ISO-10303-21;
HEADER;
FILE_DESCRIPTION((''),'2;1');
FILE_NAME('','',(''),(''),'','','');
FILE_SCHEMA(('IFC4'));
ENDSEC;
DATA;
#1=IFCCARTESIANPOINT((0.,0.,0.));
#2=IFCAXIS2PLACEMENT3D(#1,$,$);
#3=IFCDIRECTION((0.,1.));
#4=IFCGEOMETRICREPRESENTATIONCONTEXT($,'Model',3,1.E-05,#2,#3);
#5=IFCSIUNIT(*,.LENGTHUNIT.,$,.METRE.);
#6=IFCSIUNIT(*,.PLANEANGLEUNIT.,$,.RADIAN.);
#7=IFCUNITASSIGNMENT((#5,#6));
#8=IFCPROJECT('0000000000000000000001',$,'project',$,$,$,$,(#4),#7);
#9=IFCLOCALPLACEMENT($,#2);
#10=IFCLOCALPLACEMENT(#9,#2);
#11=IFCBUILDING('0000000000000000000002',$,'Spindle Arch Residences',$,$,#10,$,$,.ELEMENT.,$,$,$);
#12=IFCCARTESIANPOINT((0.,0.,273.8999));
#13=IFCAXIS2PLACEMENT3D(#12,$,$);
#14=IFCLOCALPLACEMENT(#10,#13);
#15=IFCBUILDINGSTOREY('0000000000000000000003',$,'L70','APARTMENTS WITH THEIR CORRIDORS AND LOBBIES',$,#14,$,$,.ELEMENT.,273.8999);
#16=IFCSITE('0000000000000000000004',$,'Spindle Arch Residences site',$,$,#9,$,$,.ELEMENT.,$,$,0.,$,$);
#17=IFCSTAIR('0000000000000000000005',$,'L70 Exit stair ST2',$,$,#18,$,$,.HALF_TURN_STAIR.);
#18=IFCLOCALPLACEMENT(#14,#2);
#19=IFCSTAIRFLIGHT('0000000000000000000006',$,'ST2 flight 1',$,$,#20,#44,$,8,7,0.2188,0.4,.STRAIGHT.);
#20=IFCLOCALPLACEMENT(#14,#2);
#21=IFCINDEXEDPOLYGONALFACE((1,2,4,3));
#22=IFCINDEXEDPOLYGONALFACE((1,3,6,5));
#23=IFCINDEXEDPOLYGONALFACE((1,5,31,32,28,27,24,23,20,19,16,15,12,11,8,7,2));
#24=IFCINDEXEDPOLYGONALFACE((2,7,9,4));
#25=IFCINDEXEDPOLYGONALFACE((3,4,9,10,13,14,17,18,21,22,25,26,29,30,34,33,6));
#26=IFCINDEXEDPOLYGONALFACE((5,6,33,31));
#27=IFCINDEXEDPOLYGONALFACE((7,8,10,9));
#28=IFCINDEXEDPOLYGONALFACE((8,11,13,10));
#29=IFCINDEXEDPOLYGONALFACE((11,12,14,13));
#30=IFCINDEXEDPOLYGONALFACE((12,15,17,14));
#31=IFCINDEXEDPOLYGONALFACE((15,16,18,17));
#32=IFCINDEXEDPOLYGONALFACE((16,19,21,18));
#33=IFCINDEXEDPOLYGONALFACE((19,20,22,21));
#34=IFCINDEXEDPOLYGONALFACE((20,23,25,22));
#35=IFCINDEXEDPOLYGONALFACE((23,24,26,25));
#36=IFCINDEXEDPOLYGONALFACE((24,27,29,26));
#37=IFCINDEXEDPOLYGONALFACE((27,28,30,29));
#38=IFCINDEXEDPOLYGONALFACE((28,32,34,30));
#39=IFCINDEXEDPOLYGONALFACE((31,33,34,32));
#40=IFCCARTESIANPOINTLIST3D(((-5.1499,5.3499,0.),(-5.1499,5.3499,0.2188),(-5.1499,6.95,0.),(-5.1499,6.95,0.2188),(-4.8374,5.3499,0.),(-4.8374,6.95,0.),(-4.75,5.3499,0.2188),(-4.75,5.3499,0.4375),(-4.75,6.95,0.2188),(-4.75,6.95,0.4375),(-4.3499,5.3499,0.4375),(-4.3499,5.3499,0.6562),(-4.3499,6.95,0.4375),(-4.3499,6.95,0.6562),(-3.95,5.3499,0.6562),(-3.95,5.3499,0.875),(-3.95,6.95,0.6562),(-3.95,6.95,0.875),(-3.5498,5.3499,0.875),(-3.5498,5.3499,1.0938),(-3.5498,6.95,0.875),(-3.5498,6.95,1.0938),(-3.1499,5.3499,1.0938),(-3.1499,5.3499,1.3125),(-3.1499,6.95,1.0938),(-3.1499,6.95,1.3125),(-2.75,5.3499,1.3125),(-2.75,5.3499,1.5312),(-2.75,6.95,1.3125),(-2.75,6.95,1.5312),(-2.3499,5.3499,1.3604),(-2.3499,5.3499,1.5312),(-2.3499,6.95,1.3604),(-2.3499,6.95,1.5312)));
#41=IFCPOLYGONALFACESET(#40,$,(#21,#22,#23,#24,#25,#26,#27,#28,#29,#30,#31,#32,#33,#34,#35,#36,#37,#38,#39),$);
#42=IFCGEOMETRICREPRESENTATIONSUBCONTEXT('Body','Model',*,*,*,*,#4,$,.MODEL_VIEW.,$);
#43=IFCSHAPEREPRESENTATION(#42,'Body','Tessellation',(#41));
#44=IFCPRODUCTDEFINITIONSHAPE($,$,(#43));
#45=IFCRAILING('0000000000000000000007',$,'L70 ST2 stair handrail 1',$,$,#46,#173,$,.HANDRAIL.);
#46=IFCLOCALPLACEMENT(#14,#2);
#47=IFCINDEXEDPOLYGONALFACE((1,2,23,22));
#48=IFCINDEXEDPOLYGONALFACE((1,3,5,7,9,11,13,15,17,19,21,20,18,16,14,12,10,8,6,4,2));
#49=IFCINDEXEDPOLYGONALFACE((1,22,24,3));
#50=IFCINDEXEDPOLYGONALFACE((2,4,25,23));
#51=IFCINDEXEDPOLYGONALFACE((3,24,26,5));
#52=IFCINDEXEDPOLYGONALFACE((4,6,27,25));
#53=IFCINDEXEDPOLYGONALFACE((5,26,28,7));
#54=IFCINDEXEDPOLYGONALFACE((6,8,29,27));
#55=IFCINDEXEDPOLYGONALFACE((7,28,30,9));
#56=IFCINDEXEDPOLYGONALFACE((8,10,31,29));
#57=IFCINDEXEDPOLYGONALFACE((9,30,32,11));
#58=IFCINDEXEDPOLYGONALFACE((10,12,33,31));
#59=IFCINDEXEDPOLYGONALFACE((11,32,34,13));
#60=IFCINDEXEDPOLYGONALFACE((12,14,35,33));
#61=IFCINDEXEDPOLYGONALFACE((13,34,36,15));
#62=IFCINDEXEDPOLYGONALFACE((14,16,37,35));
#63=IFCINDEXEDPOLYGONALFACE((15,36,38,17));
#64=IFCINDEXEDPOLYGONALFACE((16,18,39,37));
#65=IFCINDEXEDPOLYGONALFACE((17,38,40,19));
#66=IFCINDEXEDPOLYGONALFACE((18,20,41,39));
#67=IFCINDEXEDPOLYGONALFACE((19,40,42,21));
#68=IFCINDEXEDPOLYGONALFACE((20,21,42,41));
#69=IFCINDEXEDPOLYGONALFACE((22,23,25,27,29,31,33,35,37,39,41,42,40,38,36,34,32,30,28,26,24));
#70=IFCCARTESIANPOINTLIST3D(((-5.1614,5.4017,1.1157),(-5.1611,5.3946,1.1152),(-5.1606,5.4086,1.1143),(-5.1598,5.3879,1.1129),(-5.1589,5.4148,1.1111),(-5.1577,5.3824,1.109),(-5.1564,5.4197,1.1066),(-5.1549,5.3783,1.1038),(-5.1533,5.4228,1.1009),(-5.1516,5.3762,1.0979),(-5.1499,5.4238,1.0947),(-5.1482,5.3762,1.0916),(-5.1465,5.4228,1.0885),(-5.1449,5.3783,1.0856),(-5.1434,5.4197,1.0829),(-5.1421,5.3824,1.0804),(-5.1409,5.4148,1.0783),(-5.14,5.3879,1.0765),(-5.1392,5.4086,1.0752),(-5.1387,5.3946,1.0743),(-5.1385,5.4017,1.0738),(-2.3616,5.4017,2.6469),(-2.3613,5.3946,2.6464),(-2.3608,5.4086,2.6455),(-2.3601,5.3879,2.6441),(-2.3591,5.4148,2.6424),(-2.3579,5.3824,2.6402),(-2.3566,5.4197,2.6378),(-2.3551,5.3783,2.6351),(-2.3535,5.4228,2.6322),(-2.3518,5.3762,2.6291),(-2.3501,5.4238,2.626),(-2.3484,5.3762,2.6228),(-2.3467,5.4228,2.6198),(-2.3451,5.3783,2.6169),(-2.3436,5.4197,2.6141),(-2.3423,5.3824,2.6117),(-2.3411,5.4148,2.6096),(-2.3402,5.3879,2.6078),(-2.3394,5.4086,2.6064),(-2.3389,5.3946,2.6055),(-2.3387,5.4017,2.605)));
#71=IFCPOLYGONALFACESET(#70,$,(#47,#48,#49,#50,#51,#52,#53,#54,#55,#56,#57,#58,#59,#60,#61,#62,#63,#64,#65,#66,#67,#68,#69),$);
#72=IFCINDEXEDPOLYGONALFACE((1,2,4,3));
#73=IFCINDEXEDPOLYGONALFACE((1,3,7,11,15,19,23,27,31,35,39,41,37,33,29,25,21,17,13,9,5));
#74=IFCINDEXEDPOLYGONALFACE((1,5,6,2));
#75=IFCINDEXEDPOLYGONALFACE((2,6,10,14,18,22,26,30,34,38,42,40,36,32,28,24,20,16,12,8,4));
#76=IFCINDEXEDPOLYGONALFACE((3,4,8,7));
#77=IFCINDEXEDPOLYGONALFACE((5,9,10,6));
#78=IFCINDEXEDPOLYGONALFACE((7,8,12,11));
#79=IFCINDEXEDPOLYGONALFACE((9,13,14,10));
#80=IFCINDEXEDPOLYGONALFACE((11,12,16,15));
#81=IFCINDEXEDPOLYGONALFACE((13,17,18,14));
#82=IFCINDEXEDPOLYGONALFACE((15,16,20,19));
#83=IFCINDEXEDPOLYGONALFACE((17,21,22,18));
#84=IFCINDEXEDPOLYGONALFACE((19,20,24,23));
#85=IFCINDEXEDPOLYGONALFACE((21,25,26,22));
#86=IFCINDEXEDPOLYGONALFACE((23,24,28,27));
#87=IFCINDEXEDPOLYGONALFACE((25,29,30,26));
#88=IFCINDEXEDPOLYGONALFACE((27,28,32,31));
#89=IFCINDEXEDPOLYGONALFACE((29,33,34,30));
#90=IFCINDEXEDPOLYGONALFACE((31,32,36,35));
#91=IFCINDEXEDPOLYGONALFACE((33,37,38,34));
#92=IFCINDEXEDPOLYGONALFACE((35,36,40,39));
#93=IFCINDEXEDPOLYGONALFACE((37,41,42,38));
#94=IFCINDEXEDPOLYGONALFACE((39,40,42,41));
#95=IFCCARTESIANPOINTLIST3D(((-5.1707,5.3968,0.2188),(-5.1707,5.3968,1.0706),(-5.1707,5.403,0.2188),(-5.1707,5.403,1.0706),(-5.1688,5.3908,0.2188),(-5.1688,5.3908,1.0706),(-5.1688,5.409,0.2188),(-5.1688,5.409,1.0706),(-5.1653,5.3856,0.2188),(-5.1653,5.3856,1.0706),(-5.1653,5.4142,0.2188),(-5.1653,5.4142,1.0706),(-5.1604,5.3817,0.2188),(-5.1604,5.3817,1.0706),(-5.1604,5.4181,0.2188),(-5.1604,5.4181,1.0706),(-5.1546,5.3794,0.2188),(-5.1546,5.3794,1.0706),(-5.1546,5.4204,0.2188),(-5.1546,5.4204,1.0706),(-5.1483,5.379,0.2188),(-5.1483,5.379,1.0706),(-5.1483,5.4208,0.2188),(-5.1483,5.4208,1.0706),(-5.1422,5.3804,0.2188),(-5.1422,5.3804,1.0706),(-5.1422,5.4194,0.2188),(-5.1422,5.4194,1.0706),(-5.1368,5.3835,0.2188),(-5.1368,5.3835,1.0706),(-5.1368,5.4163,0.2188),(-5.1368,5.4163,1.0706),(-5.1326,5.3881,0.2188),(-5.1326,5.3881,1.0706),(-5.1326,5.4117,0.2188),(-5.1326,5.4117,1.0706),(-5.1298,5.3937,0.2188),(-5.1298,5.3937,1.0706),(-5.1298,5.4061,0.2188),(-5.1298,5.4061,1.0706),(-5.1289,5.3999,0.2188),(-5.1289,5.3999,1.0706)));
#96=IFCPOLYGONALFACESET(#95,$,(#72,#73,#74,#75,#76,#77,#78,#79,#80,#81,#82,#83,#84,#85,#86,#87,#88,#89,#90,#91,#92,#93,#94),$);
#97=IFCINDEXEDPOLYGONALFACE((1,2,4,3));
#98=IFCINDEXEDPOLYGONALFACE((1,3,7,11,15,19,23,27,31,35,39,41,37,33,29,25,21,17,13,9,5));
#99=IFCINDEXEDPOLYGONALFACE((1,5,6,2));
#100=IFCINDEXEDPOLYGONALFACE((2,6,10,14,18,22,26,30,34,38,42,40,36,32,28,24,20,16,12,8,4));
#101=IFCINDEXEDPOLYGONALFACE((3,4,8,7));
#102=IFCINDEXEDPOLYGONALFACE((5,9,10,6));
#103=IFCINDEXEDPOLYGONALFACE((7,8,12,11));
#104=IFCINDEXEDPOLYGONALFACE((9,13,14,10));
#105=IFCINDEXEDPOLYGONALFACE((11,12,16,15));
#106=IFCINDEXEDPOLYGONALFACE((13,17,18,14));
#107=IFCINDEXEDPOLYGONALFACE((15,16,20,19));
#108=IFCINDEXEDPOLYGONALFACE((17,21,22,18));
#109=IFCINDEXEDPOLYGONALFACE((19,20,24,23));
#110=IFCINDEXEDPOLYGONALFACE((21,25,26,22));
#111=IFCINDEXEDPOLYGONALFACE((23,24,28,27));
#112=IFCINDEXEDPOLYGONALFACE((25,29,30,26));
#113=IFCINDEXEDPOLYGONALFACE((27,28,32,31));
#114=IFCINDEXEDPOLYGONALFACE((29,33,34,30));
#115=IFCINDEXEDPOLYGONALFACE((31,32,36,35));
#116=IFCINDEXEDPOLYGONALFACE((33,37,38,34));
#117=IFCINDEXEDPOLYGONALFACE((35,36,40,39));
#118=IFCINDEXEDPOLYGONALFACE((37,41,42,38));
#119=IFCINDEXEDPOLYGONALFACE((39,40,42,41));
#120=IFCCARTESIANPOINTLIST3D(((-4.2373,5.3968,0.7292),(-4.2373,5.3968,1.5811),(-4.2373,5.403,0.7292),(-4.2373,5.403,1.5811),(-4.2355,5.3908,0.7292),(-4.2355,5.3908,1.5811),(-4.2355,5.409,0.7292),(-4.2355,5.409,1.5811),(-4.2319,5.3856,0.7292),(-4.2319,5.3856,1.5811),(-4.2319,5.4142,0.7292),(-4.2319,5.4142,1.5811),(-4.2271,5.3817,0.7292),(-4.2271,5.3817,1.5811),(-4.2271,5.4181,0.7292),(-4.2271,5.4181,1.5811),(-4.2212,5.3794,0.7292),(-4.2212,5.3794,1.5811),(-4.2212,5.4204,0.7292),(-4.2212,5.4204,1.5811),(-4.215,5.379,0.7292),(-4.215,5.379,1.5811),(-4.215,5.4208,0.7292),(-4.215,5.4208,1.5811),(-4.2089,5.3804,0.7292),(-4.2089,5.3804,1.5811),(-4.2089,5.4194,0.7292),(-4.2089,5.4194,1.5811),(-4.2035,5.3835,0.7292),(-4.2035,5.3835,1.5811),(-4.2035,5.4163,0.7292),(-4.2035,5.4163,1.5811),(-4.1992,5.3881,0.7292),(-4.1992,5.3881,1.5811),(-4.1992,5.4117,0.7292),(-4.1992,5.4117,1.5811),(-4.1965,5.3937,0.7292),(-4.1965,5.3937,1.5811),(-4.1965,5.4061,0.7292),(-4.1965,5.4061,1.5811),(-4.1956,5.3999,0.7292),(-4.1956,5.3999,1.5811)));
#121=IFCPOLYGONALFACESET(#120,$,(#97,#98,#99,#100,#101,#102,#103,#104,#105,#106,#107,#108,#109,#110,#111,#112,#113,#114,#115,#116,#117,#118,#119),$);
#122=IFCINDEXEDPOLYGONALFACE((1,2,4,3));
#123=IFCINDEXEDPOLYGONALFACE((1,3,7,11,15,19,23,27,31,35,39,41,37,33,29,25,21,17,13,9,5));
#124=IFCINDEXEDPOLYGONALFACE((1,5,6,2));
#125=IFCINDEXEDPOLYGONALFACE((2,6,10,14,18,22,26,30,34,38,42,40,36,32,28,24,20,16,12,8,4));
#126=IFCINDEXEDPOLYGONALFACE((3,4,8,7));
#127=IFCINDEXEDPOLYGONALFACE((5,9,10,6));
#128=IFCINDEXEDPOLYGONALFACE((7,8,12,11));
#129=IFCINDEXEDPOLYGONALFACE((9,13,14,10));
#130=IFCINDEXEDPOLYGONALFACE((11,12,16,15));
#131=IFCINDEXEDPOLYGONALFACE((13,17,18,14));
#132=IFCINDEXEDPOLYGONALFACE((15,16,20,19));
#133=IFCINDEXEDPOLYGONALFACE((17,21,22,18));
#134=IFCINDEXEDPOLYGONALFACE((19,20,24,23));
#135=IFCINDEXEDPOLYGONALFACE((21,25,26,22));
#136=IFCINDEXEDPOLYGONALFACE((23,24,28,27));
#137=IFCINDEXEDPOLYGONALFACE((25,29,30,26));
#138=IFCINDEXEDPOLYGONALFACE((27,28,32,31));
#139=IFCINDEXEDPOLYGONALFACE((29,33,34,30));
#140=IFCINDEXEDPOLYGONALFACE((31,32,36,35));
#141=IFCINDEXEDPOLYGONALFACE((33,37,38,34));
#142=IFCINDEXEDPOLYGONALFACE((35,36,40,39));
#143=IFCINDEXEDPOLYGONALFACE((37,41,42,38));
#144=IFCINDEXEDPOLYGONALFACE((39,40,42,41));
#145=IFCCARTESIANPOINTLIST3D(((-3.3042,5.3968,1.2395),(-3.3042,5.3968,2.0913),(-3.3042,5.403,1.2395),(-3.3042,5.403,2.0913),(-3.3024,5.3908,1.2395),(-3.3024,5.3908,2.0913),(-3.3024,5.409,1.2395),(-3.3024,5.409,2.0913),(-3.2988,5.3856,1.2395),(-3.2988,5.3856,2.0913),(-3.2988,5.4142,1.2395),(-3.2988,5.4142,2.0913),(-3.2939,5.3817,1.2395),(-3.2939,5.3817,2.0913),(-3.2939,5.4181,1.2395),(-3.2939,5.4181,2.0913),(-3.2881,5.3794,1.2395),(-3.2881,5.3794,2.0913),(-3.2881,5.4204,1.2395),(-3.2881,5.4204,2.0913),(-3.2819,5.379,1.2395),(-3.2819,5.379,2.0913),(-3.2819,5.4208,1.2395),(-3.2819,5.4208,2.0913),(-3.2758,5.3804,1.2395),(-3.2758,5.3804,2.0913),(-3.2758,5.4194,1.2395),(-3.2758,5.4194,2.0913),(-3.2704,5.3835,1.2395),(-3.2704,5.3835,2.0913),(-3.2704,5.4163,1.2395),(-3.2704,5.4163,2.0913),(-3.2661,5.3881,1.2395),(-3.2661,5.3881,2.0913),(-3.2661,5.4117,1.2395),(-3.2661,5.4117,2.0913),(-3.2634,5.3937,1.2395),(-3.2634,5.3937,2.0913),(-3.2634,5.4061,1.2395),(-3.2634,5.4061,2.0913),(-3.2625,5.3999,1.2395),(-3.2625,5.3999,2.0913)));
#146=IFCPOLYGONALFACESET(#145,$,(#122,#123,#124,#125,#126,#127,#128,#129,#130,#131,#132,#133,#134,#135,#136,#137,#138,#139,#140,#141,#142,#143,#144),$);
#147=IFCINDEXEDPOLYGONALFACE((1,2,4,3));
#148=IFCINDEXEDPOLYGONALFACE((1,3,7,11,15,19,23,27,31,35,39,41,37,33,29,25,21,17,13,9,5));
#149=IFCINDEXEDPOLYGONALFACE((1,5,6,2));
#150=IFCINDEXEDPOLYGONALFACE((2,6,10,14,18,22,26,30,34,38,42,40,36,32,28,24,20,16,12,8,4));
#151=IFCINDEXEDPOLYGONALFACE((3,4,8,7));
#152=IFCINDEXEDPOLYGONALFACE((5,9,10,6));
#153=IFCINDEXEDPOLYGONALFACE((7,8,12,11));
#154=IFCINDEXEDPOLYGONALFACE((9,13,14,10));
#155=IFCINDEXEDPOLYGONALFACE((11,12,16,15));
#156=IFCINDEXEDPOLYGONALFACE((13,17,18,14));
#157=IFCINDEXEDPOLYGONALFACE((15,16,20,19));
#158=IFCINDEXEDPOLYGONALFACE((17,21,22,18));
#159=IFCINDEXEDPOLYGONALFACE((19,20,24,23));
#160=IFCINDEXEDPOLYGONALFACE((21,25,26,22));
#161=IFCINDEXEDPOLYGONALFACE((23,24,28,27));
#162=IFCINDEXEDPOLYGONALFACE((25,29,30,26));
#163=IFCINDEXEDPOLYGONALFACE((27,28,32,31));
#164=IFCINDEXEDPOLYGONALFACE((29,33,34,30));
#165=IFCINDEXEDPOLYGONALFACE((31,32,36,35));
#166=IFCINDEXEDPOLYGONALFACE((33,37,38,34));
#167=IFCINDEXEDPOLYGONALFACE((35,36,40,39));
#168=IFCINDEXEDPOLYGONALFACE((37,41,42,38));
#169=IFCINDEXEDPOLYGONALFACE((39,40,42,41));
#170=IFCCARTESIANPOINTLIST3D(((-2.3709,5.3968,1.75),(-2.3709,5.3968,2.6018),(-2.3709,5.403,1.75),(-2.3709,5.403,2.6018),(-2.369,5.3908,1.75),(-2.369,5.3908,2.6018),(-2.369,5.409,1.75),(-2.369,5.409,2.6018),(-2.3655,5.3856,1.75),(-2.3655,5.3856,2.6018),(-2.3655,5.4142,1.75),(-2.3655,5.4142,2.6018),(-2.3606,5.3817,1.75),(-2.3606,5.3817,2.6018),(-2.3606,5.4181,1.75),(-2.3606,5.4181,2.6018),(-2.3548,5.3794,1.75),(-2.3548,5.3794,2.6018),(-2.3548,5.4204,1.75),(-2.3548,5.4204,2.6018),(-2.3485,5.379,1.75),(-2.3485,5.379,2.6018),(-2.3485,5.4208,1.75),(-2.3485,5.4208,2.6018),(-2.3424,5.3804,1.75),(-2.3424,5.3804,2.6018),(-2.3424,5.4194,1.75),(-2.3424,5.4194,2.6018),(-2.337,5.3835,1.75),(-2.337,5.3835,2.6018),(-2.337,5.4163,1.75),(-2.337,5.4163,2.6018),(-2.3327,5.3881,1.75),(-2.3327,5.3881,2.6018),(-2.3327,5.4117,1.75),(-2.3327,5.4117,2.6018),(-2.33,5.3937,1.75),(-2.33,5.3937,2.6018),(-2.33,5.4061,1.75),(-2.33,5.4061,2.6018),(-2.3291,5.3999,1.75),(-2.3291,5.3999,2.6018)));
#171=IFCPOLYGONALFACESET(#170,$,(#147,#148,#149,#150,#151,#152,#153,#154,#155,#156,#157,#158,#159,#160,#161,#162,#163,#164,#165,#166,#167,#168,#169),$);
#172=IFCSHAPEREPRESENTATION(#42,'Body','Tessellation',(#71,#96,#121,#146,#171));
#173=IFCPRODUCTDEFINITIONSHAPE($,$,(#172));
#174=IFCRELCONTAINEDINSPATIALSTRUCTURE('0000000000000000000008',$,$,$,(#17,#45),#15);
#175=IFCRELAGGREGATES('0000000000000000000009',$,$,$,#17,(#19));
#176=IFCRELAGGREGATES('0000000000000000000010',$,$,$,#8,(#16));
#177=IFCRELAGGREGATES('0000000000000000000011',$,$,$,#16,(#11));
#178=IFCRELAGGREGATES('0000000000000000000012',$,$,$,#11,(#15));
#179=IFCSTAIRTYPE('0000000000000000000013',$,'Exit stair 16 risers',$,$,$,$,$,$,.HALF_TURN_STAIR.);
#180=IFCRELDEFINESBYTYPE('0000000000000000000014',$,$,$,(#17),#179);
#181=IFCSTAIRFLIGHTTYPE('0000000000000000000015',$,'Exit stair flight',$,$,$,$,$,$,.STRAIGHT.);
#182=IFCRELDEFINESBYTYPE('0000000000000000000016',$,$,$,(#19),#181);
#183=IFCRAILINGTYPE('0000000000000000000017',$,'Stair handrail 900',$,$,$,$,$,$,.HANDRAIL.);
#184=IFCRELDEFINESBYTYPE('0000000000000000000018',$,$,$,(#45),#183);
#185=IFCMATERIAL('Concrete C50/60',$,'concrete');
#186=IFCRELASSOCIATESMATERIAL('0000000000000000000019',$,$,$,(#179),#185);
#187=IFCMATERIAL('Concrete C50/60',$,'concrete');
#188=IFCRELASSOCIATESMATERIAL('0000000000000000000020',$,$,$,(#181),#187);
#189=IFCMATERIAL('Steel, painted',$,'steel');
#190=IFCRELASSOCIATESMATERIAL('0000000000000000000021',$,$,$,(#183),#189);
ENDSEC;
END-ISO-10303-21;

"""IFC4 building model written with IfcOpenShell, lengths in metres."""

from ifc_helpers import new_model, si_unit, direction, frame, origin, origin_2d, place, context, subcontext, project, spatial, polyline, circle, outline, extrude, material, type_object, element, aggregate, save


model = new_model("IFC4")

# Units and contexts
model_context = context("Model", 3, precision=1e-05, world=origin(), true_north=direction((0.0, 1.0)))
body_context = subcontext(model_context, "Body", "Model", "MODEL_VIEW")
ifc_project = project(units=[si_unit("LENGTHUNIT", "METRE"), si_unit("PLANEANGLEUNIT", "RADIAN")], contexts=[model_context])

# Site, building, storey
site_placement = place(None, origin())
site = spatial("IfcSite", under=ifc_project, at=site_placement, Name="Spindle Arch Residences site", CompositionType="ELEMENT", RefElevation=0.0)
building_placement = place(site_placement, origin())
building = spatial("IfcBuilding", under=site, at=building_placement, Name="Spindle Arch Residences", CompositionType="ELEMENT")
storey_placement = place(building_placement, frame((0.0, 0.0, 273.8999)))
storey = spatial("IfcBuildingStorey", under=building, at=storey_placement, Name="L70", Description="APARTMENTS WITH THEIR CORRIDORS AND LOBBIES", CompositionType="ELEMENT", Elevation=273.8999)

# Stair, stair flight
ifc_material_1 = material(Name="Concrete C50/60", Category="concrete")
stair_type = type_object("IfcStairType", Name="Exit stair 16 risers", PredefinedType="HALF_TURN_STAIR", material=ifc_material_1)
stair_placement = place(storey_placement, origin())
stair = element("IfcStair", 1, at=stair_placement, inside=storey, type_object=stair_type, Name="L70 Exit stair ST2", PredefinedType="HALF_TURN_STAIR")
ifc_material_2 = material(Name="Concrete C50/60", Category="concrete")
stair_flight_type = type_object("IfcStairFlightType", Name="Exit stair flight", PredefinedType="STRAIGHT", material=ifc_material_2)
stair_flight_placement = place(storey_placement, frame((-5.1499, 6.1499, 0.0), z_axis=(0.0, 0.0, 1.0), x_axis=(1.0, 0.0, 0.0)))
stair_flight = element("IfcStairFlight", 2, at=stair_flight_placement, type_object=stair_flight_type, Name="ST2 flight 1", NumberOfRisers=8, NumberOfTreads=7, PredefinedType="STRAIGHT", RiserHeight=0.2188, TreadLength=0.4, context=body_context, shape_type="SweptSolid", body=[
    extrude(outline(polyline([(0.0, 0.0), (0.0, 0.2188), (0.3999, 0.2188), (0.3999, 0.4375), (0.8, 0.4375), (0.8, 0.6562), (1.2, 0.6562), (1.2, 0.875), (1.6001, 0.875), (1.6001, 1.0938), (2.0, 1.0938), (2.0, 1.3125), (2.3999, 1.3125), (2.3999, 1.5312), (2.8, 1.5312), (2.8, 1.75), (2.8, 1.3604), (0.3125, 0.0), (0.0, 0.0)])), frame((0.0, 0.8, 0.0), z_axis=(0.0, -1.0, 0.0), x_axis=(1.0, 0.0, 0.0)), (0.0, 0.0, 1.0), 1.6001),
])
aggregate(stair, [stair_flight])

# Railing
ifc_material_3 = material(Name="Steel, painted", Category="steel")
railing_type_1 = type_object("IfcRailingType", Name="Stair handrail 900", PredefinedType="HANDRAIL", material=ifc_material_3)
railing_1_placement = place(storey_placement, frame((-5.1499, 5.3999, 0.2188)))
element("IfcRailing", 3, at=railing_1_placement, inside=storey, type_object=railing_type_1, Name="L70 ST2 stair handrail 1", PredefinedType="HANDRAIL", context=body_context, shape_type="SweptSolid", body=[
    extrude(circle(Radius=0.0239, at=origin_2d()), frame((0.0, 0.0, 0.876), z_axis=(0.877357, 0.0, 0.479838), x_axis=(0.0, 1.0, 0.0)), (0.0, 0.0, 1.0), 3.1912),
    extrude(circle(Radius=0.021, at=origin_2d()), origin(), (0.0, 0.0, 1.0), 0.8518),
    extrude(circle(Radius=0.021, at=origin_2d()), frame((0.9333, 0.0, 0.5105)), (0.0, 0.0, 1.0), 0.8518),
    extrude(circle(Radius=0.021, at=origin_2d()), frame((1.8665, 0.0, 1.0208)), (0.0, 0.0, 1.0), 0.8518),
    extrude(circle(Radius=0.021, at=origin_2d()), frame((2.7998, 0.0, 1.5312)), (0.0, 0.0, 1.0), 0.8518),
])

save(model, "model.ifc")
